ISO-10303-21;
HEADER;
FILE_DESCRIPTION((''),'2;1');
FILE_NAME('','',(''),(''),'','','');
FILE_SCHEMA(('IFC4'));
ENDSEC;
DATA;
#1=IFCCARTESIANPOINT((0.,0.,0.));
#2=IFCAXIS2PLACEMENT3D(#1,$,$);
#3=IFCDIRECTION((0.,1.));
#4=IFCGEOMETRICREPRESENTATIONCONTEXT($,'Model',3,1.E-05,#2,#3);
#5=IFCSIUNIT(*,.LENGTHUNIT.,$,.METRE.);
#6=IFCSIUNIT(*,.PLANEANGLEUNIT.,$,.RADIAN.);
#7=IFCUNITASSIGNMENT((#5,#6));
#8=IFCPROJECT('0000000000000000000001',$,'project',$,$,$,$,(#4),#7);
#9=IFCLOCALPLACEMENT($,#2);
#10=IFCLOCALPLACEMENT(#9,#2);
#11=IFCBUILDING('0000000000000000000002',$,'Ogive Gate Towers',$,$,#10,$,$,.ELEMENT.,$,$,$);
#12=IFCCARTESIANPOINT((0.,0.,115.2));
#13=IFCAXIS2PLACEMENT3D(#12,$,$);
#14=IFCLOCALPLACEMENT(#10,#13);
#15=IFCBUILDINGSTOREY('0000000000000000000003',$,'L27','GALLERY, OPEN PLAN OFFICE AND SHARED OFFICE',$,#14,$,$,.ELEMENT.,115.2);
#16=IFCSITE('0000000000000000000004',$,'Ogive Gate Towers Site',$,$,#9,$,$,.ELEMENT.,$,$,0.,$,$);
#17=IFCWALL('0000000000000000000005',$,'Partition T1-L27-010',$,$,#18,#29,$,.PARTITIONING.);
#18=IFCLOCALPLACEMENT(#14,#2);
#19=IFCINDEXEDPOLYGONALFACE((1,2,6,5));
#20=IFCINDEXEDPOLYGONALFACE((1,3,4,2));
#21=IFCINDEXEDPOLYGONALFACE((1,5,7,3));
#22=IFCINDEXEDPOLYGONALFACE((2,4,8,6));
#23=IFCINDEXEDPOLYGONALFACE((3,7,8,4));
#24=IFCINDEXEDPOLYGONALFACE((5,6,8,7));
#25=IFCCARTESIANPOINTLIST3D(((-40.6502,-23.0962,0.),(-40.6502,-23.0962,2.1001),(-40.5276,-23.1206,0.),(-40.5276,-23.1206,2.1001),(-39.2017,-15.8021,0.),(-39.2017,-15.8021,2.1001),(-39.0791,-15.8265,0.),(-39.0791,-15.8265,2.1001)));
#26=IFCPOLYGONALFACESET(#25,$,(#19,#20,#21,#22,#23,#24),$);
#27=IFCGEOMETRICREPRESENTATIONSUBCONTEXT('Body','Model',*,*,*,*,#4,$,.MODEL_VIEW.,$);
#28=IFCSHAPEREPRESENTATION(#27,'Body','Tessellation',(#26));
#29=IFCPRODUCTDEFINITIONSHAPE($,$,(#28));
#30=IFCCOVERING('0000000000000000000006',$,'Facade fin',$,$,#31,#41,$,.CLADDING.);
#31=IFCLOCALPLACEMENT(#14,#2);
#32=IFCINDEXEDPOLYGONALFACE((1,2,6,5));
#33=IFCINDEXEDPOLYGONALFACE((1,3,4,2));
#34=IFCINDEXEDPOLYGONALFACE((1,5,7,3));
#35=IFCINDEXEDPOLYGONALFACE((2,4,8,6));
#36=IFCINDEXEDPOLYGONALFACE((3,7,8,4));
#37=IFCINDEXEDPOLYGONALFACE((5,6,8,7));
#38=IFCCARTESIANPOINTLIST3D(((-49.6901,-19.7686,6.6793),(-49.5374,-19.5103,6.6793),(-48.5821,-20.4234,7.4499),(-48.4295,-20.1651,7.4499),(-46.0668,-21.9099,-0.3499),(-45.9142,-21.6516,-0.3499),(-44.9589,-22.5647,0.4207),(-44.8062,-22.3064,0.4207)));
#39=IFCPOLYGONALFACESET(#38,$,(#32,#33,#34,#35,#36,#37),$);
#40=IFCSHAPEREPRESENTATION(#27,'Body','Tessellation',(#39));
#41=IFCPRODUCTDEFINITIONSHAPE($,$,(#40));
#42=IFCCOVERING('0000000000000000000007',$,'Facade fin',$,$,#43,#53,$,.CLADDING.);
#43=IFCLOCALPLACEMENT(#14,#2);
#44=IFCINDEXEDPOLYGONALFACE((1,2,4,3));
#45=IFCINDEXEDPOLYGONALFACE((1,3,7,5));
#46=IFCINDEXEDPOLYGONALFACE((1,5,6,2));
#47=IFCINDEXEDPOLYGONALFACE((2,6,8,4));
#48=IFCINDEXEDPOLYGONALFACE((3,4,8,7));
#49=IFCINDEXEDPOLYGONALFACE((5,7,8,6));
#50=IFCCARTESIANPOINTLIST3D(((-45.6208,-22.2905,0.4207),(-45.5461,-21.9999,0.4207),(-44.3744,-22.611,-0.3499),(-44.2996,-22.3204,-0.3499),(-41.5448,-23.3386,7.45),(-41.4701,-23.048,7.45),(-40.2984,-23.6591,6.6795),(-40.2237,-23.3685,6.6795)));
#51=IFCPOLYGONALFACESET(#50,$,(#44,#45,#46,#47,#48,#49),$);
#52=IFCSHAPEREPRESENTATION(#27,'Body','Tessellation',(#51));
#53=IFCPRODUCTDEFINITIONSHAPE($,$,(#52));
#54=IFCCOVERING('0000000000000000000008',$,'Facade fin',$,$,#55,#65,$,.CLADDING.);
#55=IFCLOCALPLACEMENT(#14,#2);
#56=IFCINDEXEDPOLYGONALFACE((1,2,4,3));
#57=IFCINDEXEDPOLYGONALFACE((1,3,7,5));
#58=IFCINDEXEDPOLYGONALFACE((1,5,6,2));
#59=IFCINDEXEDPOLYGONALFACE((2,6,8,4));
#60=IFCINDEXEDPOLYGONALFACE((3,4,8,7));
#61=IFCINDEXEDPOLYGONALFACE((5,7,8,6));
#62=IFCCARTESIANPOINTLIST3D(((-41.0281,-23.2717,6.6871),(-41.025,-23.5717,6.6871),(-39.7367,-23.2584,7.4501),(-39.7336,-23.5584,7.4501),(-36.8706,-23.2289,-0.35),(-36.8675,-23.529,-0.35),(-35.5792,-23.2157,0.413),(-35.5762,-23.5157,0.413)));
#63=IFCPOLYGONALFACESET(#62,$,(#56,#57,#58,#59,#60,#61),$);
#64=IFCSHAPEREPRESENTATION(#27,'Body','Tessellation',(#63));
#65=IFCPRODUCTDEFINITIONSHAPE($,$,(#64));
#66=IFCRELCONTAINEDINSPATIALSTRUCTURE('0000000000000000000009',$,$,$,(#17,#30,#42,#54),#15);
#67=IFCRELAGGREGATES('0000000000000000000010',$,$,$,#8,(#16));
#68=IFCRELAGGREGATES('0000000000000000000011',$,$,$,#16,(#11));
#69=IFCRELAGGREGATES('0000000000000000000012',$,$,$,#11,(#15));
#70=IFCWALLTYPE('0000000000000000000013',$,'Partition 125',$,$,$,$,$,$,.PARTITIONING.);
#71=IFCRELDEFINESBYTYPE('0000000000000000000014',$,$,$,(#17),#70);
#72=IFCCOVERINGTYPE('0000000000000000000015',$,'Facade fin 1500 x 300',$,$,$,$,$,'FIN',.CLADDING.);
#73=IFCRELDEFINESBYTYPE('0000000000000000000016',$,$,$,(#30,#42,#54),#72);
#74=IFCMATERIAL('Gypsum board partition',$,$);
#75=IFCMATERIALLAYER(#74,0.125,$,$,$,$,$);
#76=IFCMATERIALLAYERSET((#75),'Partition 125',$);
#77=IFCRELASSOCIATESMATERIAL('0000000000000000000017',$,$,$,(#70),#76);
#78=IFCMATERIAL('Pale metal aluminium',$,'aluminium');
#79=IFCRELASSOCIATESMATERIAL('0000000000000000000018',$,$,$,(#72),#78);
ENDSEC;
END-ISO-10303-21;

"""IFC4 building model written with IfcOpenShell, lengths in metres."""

from ifc_helpers import new_model, si_unit, direction, frame, frame_2d, origin, origin_2d, place, context, subcontext, project, spatial, rectangle, extrude, material, layer, layer_set, material_profile, profile_set, type_object, element, save


model = new_model("IFC4")

# Units and contexts
model_context = context("Model", 3, precision=1e-05, world=origin(), true_north=direction((0.0, 1.0)))
body_context = subcontext(model_context, "Body", "Model", "MODEL_VIEW")
ifc_project = project(units=[si_unit("LENGTHUNIT", "METRE"), si_unit("PLANEANGLEUNIT", "RADIAN")], contexts=[model_context])

# Site, building, storey
site_placement = place(None, origin())
site = spatial("IfcSite", under=ifc_project, at=site_placement, Name="Ogive Gate Towers Site", CompositionType="ELEMENT", RefElevation=0.0)
building_placement = place(site_placement, origin())
building = spatial("IfcBuilding", under=site, at=building_placement, Name="Ogive Gate Towers", CompositionType="ELEMENT")
storey_placement = place(building_placement, frame((0.0, 0.0, 115.2)))
storey = spatial("IfcBuildingStorey", under=building, at=storey_placement, Name="L27", Description="GALLERY, OPEN PLAN OFFICE AND SHARED OFFICE", CompositionType="ELEMENT", Elevation=115.2)

# Shared definitions
ifc_material_1 = material(Name="Pale metal aluminium", Category="aluminium")

# Wall
ifc_material_2 = material(Name="Gypsum board partition")
ifc_layer_1 = layer(ifc_material_2, 0.125)
ifc_layer_set_1 = layer_set([ifc_layer_1], Name="Partition 125")
wall_type_1 = type_object("IfcWallType", Name="Partition 125", PredefinedType="PARTITIONING", material=ifc_layer_set_1)
wall_1_placement = place(storey_placement, frame((-40.5889, -23.1084, 0.0), z_axis=(0.0, 0.0, 1.0), x_axis=(0.194778, 0.980847, 0.0)))
element("IfcWall", 1, at=wall_1_placement, inside=storey, type_object=wall_type_1, Name="Partition T1-L27-010", PredefinedType="PARTITIONING", context=body_context, shape_type="SweptSolid", body=[
    extrude(rectangle(XDim=7.4365, YDim=0.125, at=frame_2d((3.7183, 0.0))), origin(), (0.0, 0.0, 1.0), 2.1001),
])

# Coverings
ifc_material_profile_1 = material_profile(ifc_material_1, rectangle(XDim=0.3, YDim=1.5, at=origin_2d()), Name="1500 x 300 pale metal aluminium")
ifc_profile_set_1 = profile_set([ifc_material_profile_1], Name="Pale metal aluminium")
covering_type = type_object("IfcCoveringType", Name="Facade fin 1500 x 300", ElementType="FIN", PredefinedType="CLADDING", material=ifc_profile_set_1)
for number, where, z_axis, x_axis, name in (
    (2, (-45.4365, -22.1082, 0.0354), (-0.442244, 0.261365, 0.857967), (-0.508786, -0.860893, 0.0), "Facade fin"),
    (3, (-44.9602, -22.3054, 0.0354), (0.497498, -0.127928, 0.85798), (0.249041, 0.968493, 0.0), "Facade fin"),
):
    element("IfcCovering", number, at=place(storey_placement, frame(where, z_axis=z_axis, x_axis=x_axis)), inside=storey, type_object=covering_type, Name=name, PredefinedType="CLADDING", context=body_context, shape_type="SweptSolid", body=[
        extrude(rectangle(XDim=0.3, YDim=1.5, at=origin_2d()), origin(), (0.0, 0.0, 1.0), 8.1929),
    ])
covering_placement = place(storey_placement, frame((-36.2234, -23.3723, 0.0315), z_axis=(-0.508648, -0.005227, 0.860959), x_axis=(0.010276, -0.999947, 0.0)))
element("IfcCovering", 4, at=covering_placement, inside=storey, type_object=covering_type, Name="Facade fin", PredefinedType="CLADDING", context=body_context, shape_type="SweptSolid", body=[
    extrude(rectangle(XDim=0.3, YDim=1.5, at=origin_2d()), origin(), (0.0, 0.0, 1.0), 8.1736),
])

save(model, "model.ifc")
